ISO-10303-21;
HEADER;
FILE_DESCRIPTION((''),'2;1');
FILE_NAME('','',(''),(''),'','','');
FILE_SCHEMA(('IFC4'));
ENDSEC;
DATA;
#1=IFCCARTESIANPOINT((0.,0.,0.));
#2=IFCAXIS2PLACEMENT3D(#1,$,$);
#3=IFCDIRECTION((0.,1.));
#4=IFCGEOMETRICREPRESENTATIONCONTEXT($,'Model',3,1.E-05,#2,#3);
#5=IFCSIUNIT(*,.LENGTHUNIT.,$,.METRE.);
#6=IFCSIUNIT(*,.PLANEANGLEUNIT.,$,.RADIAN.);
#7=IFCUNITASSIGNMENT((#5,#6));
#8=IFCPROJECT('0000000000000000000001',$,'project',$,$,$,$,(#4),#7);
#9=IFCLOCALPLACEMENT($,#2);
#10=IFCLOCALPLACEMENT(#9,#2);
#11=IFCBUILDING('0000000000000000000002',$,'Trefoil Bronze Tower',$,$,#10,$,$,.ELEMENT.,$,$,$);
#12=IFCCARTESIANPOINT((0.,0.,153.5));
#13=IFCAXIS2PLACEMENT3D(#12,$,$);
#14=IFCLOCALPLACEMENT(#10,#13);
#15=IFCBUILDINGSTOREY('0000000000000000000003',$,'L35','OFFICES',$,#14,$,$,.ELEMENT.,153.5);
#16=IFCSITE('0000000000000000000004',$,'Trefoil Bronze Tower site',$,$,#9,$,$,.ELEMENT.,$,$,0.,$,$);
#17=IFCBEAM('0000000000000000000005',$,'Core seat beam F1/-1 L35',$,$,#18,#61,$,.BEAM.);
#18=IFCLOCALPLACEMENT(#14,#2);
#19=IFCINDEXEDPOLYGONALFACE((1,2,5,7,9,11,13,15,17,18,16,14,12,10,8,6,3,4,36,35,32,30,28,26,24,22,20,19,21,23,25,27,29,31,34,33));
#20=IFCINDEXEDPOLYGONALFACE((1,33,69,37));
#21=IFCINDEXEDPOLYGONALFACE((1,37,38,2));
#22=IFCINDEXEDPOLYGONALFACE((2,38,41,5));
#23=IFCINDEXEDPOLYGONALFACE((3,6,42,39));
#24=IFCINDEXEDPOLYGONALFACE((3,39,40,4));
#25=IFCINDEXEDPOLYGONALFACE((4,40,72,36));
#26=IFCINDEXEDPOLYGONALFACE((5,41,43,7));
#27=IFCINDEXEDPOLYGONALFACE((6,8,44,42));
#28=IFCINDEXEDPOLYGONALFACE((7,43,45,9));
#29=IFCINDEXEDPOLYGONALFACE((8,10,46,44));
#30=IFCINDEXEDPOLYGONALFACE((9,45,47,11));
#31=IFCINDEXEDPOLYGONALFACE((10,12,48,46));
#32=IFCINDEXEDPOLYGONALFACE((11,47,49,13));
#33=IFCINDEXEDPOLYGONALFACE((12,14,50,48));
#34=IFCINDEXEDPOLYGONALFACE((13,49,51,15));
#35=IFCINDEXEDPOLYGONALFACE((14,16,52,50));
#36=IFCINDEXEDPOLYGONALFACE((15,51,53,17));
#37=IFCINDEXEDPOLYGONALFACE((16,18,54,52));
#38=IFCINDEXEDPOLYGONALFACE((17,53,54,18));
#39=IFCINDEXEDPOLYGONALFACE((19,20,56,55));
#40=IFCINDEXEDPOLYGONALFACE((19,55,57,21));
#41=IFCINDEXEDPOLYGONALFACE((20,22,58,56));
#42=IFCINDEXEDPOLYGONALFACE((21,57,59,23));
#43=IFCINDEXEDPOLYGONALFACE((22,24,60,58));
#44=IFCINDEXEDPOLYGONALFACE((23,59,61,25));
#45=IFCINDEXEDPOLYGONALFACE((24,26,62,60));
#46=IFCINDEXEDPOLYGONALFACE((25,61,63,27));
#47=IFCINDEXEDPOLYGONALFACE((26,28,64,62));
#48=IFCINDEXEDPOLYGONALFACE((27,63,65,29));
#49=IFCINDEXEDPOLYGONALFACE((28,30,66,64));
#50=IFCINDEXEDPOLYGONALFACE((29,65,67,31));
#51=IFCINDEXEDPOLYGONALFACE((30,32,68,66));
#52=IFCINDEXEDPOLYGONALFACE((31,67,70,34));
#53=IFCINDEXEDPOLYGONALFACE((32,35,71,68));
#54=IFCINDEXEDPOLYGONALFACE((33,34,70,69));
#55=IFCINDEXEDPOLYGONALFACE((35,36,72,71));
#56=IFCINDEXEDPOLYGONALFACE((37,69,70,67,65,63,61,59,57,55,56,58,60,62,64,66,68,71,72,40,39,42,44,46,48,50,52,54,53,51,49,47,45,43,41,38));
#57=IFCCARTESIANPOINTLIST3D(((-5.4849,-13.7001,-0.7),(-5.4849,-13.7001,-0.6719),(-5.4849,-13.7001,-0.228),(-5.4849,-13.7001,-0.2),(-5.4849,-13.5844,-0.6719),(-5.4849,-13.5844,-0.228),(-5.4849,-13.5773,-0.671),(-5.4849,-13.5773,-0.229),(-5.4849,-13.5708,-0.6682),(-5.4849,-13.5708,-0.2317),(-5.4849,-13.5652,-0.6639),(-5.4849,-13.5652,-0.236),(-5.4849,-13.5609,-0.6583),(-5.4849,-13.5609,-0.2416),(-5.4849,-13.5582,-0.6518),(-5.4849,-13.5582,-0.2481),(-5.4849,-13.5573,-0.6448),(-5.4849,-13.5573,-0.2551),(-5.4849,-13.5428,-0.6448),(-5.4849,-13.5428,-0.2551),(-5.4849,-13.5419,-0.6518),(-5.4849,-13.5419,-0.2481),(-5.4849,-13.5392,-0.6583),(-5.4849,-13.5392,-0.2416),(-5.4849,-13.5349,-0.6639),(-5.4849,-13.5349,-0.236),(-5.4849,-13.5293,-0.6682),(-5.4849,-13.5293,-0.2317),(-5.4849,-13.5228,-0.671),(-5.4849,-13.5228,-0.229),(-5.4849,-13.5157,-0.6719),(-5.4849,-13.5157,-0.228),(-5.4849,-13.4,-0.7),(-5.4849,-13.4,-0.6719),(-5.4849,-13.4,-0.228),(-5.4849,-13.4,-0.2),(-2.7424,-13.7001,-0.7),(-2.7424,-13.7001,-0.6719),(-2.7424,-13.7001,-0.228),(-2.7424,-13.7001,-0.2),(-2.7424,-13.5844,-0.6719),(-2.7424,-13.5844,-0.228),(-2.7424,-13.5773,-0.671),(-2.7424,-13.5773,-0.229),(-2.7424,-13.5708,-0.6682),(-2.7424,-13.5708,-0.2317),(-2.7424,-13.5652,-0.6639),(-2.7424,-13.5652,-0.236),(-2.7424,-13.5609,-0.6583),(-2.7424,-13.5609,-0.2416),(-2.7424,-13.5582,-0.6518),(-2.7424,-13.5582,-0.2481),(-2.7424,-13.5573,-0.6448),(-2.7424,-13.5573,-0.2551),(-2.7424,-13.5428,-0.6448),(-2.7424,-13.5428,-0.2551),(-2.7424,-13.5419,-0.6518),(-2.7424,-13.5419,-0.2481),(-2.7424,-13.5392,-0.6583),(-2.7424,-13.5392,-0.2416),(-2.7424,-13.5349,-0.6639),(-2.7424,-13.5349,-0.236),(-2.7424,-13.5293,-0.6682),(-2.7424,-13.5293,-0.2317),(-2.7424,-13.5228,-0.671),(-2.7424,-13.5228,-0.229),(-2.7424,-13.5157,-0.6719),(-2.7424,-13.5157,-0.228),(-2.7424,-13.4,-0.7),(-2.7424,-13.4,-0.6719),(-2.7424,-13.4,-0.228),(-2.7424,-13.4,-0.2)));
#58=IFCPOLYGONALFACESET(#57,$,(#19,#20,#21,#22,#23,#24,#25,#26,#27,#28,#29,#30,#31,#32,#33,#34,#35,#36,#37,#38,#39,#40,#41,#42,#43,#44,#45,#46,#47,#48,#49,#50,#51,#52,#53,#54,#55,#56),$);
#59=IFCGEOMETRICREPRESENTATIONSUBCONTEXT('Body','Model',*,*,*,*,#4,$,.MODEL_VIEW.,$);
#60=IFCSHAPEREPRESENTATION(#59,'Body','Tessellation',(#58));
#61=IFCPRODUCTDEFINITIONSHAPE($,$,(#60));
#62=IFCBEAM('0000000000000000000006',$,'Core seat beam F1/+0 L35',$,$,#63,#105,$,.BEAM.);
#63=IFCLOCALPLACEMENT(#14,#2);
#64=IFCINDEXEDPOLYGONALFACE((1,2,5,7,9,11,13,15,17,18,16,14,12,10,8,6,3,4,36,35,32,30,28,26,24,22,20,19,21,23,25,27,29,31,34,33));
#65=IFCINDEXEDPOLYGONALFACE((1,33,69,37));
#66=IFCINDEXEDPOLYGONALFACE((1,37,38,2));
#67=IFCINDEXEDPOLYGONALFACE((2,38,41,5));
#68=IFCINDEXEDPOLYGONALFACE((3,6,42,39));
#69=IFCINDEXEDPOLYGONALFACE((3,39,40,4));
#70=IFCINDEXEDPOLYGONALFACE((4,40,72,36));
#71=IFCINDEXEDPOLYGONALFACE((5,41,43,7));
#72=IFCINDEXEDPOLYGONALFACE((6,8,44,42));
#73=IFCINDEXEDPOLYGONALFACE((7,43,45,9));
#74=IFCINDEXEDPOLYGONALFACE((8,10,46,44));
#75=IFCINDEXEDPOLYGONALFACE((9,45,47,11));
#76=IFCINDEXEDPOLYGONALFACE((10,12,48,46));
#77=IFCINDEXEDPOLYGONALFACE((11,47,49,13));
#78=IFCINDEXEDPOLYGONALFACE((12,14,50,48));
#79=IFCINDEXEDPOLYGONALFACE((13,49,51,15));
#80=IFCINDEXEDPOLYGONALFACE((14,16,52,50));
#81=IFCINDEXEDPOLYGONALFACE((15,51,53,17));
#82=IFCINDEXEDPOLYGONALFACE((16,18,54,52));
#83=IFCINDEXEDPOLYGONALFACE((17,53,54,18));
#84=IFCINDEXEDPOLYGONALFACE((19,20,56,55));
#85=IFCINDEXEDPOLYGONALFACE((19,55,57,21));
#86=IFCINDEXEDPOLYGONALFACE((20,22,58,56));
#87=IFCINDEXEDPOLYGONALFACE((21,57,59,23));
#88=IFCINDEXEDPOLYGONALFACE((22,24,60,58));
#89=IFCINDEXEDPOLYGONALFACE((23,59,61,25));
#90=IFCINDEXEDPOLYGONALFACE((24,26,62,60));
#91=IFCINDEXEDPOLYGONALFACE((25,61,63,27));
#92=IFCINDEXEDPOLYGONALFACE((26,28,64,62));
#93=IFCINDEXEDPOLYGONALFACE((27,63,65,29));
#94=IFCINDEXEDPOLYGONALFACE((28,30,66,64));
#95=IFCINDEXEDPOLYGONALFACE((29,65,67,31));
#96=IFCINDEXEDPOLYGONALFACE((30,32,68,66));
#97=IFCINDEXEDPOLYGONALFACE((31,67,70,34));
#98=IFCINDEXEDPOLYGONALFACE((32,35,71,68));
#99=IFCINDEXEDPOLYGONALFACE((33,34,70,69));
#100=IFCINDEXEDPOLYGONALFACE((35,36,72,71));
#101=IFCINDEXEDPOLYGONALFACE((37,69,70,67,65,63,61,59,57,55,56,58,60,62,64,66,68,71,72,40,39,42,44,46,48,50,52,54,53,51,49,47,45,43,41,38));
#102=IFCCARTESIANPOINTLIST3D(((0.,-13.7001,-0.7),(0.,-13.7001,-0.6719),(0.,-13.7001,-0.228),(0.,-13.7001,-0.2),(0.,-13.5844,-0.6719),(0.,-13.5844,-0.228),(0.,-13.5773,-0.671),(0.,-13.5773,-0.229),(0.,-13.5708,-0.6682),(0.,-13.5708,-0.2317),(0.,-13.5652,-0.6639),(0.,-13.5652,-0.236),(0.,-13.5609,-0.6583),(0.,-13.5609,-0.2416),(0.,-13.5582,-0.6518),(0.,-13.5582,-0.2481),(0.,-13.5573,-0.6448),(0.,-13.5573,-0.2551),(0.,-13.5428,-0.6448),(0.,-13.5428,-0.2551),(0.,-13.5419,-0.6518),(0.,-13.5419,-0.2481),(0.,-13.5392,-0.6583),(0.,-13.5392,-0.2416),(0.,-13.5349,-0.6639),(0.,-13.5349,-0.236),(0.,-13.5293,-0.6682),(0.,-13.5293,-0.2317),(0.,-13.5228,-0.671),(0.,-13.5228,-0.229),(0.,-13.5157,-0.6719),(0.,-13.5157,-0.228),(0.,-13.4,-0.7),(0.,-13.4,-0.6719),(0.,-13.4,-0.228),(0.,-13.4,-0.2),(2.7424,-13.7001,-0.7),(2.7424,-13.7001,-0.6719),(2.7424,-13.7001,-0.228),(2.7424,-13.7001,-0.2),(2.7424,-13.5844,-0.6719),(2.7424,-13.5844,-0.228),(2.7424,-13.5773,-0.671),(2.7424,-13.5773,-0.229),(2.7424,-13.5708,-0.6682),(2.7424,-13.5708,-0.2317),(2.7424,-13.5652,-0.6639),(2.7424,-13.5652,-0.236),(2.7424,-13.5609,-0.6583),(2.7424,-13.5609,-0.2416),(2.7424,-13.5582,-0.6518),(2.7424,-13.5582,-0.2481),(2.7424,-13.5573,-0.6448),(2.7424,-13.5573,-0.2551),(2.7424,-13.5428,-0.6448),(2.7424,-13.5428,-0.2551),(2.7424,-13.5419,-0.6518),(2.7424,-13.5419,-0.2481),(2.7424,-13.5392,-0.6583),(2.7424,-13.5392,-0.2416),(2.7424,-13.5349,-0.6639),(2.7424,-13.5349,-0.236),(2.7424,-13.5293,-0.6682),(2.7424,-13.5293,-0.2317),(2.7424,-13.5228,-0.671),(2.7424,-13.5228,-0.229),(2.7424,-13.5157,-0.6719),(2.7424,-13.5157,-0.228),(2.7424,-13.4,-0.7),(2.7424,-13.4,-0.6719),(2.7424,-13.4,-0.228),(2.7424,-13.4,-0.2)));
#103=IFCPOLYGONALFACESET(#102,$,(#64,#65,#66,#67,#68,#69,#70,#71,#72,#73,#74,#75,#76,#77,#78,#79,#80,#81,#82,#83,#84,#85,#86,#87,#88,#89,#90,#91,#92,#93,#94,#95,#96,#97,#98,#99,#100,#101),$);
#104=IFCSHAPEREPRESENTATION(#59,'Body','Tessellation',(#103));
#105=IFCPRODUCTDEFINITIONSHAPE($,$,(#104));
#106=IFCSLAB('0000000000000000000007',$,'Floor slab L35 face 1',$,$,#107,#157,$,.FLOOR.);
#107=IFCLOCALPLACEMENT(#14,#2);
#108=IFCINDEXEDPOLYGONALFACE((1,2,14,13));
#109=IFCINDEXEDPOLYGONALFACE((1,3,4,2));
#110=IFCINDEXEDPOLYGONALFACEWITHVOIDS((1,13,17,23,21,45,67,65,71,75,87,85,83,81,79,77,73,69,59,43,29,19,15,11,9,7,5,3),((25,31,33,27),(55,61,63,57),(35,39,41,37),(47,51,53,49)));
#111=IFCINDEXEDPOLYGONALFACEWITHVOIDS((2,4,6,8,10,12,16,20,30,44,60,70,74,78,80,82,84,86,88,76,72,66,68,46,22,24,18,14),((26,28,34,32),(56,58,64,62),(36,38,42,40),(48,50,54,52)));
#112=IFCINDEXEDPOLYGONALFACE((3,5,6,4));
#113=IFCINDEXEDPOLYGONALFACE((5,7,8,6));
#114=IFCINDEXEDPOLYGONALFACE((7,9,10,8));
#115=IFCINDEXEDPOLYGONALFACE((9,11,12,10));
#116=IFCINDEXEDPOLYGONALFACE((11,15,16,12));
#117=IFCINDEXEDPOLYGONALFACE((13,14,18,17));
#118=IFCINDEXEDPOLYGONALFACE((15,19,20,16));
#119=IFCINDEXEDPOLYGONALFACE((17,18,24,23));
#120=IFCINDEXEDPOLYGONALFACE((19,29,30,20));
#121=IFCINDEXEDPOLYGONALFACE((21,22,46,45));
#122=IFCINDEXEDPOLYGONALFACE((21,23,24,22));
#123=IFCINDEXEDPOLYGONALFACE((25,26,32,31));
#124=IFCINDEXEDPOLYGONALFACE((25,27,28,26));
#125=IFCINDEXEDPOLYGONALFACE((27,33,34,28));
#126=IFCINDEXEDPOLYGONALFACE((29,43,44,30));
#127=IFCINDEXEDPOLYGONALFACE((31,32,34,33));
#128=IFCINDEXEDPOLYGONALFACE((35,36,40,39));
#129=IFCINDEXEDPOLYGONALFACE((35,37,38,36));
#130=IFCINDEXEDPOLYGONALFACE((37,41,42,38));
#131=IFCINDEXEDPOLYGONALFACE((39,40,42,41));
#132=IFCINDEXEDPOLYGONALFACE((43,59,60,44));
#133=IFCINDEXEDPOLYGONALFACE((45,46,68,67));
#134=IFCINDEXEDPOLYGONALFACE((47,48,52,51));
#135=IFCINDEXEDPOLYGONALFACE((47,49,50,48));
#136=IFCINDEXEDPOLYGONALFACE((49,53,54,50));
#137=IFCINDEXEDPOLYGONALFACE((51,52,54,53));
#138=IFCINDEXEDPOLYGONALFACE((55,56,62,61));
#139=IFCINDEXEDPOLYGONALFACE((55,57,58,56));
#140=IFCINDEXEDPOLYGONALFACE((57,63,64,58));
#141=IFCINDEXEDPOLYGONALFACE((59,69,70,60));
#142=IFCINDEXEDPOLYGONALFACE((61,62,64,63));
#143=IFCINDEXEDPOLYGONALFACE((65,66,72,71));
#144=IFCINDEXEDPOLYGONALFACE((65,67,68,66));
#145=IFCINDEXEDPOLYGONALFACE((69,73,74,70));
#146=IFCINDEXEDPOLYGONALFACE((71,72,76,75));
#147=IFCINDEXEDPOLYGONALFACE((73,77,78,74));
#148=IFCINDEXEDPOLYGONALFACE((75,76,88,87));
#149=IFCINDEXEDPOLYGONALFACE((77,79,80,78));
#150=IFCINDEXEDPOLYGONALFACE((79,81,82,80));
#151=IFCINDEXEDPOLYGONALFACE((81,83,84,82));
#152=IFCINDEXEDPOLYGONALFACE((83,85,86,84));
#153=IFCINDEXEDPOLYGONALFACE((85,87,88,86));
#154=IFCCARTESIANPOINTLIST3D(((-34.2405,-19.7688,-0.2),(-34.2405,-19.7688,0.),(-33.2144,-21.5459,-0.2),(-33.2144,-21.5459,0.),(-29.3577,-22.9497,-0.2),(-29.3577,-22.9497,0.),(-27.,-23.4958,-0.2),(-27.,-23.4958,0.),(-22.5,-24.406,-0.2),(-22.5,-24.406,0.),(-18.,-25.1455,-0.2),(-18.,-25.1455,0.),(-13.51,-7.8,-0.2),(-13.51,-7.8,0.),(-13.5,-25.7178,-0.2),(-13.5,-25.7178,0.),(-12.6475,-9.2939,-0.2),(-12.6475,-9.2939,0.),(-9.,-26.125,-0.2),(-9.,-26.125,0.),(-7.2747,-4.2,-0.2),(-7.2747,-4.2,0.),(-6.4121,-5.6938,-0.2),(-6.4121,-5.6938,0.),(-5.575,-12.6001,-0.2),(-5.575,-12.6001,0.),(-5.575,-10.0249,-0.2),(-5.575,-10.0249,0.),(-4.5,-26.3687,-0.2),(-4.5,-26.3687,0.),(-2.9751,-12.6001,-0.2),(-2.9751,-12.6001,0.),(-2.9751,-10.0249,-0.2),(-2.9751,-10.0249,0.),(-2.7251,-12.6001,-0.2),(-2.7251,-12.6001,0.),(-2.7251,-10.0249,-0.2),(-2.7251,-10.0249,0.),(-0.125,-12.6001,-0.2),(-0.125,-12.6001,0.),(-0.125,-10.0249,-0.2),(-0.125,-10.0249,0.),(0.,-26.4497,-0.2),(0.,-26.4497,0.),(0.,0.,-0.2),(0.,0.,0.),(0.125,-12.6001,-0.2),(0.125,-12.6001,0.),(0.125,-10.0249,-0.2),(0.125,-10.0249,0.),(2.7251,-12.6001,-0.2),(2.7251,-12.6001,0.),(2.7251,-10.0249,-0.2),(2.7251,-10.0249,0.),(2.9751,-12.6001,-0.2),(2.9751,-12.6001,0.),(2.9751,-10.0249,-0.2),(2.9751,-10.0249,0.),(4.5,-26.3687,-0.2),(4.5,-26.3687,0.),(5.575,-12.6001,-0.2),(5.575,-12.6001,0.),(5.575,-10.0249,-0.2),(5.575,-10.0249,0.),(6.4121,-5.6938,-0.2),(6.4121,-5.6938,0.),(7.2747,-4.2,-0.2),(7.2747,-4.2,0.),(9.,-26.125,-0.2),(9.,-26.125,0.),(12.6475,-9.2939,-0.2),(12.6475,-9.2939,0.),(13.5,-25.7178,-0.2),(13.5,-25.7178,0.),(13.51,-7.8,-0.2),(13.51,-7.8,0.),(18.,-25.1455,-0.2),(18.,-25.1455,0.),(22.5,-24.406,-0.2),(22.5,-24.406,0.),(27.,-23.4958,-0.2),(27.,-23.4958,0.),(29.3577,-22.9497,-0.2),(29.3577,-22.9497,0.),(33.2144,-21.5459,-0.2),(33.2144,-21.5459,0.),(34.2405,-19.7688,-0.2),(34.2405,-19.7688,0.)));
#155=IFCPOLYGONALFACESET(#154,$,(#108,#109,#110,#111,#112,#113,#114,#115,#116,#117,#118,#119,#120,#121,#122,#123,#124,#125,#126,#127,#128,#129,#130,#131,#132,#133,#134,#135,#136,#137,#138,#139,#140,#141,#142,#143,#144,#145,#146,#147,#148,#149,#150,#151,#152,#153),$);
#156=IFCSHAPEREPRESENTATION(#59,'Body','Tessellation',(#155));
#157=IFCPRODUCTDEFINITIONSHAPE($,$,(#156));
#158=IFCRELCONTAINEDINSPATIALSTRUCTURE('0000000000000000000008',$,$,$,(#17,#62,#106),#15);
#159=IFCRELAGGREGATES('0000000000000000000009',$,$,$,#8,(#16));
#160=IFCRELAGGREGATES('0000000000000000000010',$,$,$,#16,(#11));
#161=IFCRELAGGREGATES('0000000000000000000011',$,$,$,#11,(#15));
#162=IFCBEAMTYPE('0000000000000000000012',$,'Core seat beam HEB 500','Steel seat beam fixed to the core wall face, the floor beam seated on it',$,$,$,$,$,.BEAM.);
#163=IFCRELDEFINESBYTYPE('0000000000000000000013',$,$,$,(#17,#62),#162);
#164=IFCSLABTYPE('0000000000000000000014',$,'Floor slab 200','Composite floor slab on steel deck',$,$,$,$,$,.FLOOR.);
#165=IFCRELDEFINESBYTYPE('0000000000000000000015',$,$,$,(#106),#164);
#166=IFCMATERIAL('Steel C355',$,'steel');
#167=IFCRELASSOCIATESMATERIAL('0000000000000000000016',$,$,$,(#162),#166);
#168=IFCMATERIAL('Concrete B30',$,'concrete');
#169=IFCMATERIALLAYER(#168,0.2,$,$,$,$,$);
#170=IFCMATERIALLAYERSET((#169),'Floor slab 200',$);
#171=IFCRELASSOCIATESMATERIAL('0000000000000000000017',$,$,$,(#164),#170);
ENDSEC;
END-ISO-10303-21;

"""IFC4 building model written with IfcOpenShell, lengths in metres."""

from ifc_helpers import new_model, si_unit, direction, frame, origin, origin_2d, place, context, subcontext, project, spatial, polyline, i_section, outline, extrude, material, layer, layer_set, material_profile, profile_set, type_object, element, save


model = new_model("IFC4")

# Units and contexts
model_context = context("Model", 3, precision=1e-05, world=origin(), true_north=direction((0.0, 1.0)))
body_context = subcontext(model_context, "Body", "Model", "MODEL_VIEW")
ifc_project = project(units=[si_unit("LENGTHUNIT", "METRE"), si_unit("PLANEANGLEUNIT", "RADIAN")], contexts=[model_context])

# Site, building, storey
site_placement = place(None, origin())
site = spatial("IfcSite", under=ifc_project, at=site_placement, Name="Trefoil Bronze Tower site", CompositionType="ELEMENT", RefElevation=0.0)
building_placement = place(site_placement, origin())
building = spatial("IfcBuilding", under=site, at=building_placement, Name="Trefoil Bronze Tower", CompositionType="ELEMENT")
storey_placement = place(building_placement, frame((0.0, 0.0, 153.5)))
storey = spatial("IfcBuildingStorey", under=building, at=storey_placement, Name="L35", Description="OFFICES", CompositionType="ELEMENT", Elevation=153.5)

# Beams
ifc_material_1 = material(Name="Steel C355", Category="steel")
ifc_material_profile = material_profile(ifc_material_1, i_section(OverallWidth=0.3, OverallDepth=0.5, WebThickness=0.0144, FlangeThickness=0.0281, FilletRadius=0.0271, at=origin_2d()), Name="HEB 500")
ifc_profile_set = profile_set([ifc_material_profile], Name="Steel C355")
beam_type = type_object("IfcBeamType", Name="Core seat beam HEB 500", Description="Steel seat beam fixed to the core wall face, the floor beam seated on it", PredefinedType="BEAM", material=ifc_profile_set)
for number, where, z_axis, x_axis, name in (
    (1, (-5.4849, -13.55, -0.45), (1.0, 0.0, 0.0), (0.0, 1.0, 0.0), "Core seat beam F1/-1 L35"),
    (2, (0.0, -13.55, -0.45), (1.0, 0.0, 0.0), (0.0, 1.0, 0.0), "Core seat beam F1/+0 L35"),
):
    element("IfcBeam", number, at=place(storey_placement, frame(where, z_axis=z_axis, x_axis=x_axis)), inside=storey, type_object=beam_type, Name=name, PredefinedType="BEAM", context=body_context, shape_type="SweptSolid", body=[
        extrude(i_section(OverallWidth=0.3, OverallDepth=0.5, WebThickness=0.0144, FlangeThickness=0.0281, FilletRadius=0.0271, at=origin_2d()), origin(), (0.0, 0.0, 1.0), 2.7424),
    ])

# Slab
ifc_material_2 = material(Name="Concrete B30", Category="concrete")
ifc_layer_1 = layer(ifc_material_2, 0.2)
ifc_layer_set_1 = layer_set([ifc_layer_1], Name="Floor slab 200")
slab_type = type_object("IfcSlabType", Name="Floor slab 200", Description="Composite floor slab on steel deck", PredefinedType="FLOOR", material=ifc_layer_set_1)
slab_1_placement = place(storey_placement, frame((0.0, 0.0, -0.2)))
element("IfcSlab", 3, at=slab_1_placement, inside=storey, type_object=slab_type, Name="Floor slab L35 face 1", PredefinedType="FLOOR", context=body_context, shape_type="SweptSolid", body=[
    extrude(outline(polyline([(22.5, -24.406), (18.0, -25.1455), (13.5, -25.7178), (9.0, -26.125), (4.5, -26.3687), (0.0, -26.4497), (-4.5, -26.3687), (-9.0, -26.125), (-13.5, -25.7178), (-18.0, -25.1455), (-22.5, -24.406), (-27.0, -23.4958), (-29.3577, -22.9497), (-33.2144, -21.5459), (-34.2405, -19.7688), (-13.51, -7.8), (-12.6475, -9.2939), (-6.4121, -5.6938), (-7.2747, -4.2), (0.0, 0.0), (7.2747, -4.2), (6.4121, -5.6938), (12.6475, -9.2939), (13.51, -7.8), (34.2405, -19.7688), (33.2144, -21.5459), (29.3577, -22.9497), (27.0, -23.4958), (22.5, -24.406)]), holes=[polyline([(-5.575, -10.0249), (-2.9751, -10.0249), (-2.9751, -12.6001), (-5.575, -12.6001), (-5.575, -10.0249)]), polyline([(-2.7251, -10.0249), (-0.125, -10.0249), (-0.125, -12.6001), (-2.7251, -12.6001), (-2.7251, -10.0249)]), polyline([(0.125, -10.0249), (2.7251, -10.0249), (2.7251, -12.6001), (0.125, -12.6001), (0.125, -10.0249)]), polyline([(2.9751, -10.0249), (5.575, -10.0249), (5.575, -12.6001), (2.9751, -12.6001), (2.9751, -10.0249)])]), origin(), (0.0, 0.0, 1.0), 0.2),
])

save(model, "model.ifc")
